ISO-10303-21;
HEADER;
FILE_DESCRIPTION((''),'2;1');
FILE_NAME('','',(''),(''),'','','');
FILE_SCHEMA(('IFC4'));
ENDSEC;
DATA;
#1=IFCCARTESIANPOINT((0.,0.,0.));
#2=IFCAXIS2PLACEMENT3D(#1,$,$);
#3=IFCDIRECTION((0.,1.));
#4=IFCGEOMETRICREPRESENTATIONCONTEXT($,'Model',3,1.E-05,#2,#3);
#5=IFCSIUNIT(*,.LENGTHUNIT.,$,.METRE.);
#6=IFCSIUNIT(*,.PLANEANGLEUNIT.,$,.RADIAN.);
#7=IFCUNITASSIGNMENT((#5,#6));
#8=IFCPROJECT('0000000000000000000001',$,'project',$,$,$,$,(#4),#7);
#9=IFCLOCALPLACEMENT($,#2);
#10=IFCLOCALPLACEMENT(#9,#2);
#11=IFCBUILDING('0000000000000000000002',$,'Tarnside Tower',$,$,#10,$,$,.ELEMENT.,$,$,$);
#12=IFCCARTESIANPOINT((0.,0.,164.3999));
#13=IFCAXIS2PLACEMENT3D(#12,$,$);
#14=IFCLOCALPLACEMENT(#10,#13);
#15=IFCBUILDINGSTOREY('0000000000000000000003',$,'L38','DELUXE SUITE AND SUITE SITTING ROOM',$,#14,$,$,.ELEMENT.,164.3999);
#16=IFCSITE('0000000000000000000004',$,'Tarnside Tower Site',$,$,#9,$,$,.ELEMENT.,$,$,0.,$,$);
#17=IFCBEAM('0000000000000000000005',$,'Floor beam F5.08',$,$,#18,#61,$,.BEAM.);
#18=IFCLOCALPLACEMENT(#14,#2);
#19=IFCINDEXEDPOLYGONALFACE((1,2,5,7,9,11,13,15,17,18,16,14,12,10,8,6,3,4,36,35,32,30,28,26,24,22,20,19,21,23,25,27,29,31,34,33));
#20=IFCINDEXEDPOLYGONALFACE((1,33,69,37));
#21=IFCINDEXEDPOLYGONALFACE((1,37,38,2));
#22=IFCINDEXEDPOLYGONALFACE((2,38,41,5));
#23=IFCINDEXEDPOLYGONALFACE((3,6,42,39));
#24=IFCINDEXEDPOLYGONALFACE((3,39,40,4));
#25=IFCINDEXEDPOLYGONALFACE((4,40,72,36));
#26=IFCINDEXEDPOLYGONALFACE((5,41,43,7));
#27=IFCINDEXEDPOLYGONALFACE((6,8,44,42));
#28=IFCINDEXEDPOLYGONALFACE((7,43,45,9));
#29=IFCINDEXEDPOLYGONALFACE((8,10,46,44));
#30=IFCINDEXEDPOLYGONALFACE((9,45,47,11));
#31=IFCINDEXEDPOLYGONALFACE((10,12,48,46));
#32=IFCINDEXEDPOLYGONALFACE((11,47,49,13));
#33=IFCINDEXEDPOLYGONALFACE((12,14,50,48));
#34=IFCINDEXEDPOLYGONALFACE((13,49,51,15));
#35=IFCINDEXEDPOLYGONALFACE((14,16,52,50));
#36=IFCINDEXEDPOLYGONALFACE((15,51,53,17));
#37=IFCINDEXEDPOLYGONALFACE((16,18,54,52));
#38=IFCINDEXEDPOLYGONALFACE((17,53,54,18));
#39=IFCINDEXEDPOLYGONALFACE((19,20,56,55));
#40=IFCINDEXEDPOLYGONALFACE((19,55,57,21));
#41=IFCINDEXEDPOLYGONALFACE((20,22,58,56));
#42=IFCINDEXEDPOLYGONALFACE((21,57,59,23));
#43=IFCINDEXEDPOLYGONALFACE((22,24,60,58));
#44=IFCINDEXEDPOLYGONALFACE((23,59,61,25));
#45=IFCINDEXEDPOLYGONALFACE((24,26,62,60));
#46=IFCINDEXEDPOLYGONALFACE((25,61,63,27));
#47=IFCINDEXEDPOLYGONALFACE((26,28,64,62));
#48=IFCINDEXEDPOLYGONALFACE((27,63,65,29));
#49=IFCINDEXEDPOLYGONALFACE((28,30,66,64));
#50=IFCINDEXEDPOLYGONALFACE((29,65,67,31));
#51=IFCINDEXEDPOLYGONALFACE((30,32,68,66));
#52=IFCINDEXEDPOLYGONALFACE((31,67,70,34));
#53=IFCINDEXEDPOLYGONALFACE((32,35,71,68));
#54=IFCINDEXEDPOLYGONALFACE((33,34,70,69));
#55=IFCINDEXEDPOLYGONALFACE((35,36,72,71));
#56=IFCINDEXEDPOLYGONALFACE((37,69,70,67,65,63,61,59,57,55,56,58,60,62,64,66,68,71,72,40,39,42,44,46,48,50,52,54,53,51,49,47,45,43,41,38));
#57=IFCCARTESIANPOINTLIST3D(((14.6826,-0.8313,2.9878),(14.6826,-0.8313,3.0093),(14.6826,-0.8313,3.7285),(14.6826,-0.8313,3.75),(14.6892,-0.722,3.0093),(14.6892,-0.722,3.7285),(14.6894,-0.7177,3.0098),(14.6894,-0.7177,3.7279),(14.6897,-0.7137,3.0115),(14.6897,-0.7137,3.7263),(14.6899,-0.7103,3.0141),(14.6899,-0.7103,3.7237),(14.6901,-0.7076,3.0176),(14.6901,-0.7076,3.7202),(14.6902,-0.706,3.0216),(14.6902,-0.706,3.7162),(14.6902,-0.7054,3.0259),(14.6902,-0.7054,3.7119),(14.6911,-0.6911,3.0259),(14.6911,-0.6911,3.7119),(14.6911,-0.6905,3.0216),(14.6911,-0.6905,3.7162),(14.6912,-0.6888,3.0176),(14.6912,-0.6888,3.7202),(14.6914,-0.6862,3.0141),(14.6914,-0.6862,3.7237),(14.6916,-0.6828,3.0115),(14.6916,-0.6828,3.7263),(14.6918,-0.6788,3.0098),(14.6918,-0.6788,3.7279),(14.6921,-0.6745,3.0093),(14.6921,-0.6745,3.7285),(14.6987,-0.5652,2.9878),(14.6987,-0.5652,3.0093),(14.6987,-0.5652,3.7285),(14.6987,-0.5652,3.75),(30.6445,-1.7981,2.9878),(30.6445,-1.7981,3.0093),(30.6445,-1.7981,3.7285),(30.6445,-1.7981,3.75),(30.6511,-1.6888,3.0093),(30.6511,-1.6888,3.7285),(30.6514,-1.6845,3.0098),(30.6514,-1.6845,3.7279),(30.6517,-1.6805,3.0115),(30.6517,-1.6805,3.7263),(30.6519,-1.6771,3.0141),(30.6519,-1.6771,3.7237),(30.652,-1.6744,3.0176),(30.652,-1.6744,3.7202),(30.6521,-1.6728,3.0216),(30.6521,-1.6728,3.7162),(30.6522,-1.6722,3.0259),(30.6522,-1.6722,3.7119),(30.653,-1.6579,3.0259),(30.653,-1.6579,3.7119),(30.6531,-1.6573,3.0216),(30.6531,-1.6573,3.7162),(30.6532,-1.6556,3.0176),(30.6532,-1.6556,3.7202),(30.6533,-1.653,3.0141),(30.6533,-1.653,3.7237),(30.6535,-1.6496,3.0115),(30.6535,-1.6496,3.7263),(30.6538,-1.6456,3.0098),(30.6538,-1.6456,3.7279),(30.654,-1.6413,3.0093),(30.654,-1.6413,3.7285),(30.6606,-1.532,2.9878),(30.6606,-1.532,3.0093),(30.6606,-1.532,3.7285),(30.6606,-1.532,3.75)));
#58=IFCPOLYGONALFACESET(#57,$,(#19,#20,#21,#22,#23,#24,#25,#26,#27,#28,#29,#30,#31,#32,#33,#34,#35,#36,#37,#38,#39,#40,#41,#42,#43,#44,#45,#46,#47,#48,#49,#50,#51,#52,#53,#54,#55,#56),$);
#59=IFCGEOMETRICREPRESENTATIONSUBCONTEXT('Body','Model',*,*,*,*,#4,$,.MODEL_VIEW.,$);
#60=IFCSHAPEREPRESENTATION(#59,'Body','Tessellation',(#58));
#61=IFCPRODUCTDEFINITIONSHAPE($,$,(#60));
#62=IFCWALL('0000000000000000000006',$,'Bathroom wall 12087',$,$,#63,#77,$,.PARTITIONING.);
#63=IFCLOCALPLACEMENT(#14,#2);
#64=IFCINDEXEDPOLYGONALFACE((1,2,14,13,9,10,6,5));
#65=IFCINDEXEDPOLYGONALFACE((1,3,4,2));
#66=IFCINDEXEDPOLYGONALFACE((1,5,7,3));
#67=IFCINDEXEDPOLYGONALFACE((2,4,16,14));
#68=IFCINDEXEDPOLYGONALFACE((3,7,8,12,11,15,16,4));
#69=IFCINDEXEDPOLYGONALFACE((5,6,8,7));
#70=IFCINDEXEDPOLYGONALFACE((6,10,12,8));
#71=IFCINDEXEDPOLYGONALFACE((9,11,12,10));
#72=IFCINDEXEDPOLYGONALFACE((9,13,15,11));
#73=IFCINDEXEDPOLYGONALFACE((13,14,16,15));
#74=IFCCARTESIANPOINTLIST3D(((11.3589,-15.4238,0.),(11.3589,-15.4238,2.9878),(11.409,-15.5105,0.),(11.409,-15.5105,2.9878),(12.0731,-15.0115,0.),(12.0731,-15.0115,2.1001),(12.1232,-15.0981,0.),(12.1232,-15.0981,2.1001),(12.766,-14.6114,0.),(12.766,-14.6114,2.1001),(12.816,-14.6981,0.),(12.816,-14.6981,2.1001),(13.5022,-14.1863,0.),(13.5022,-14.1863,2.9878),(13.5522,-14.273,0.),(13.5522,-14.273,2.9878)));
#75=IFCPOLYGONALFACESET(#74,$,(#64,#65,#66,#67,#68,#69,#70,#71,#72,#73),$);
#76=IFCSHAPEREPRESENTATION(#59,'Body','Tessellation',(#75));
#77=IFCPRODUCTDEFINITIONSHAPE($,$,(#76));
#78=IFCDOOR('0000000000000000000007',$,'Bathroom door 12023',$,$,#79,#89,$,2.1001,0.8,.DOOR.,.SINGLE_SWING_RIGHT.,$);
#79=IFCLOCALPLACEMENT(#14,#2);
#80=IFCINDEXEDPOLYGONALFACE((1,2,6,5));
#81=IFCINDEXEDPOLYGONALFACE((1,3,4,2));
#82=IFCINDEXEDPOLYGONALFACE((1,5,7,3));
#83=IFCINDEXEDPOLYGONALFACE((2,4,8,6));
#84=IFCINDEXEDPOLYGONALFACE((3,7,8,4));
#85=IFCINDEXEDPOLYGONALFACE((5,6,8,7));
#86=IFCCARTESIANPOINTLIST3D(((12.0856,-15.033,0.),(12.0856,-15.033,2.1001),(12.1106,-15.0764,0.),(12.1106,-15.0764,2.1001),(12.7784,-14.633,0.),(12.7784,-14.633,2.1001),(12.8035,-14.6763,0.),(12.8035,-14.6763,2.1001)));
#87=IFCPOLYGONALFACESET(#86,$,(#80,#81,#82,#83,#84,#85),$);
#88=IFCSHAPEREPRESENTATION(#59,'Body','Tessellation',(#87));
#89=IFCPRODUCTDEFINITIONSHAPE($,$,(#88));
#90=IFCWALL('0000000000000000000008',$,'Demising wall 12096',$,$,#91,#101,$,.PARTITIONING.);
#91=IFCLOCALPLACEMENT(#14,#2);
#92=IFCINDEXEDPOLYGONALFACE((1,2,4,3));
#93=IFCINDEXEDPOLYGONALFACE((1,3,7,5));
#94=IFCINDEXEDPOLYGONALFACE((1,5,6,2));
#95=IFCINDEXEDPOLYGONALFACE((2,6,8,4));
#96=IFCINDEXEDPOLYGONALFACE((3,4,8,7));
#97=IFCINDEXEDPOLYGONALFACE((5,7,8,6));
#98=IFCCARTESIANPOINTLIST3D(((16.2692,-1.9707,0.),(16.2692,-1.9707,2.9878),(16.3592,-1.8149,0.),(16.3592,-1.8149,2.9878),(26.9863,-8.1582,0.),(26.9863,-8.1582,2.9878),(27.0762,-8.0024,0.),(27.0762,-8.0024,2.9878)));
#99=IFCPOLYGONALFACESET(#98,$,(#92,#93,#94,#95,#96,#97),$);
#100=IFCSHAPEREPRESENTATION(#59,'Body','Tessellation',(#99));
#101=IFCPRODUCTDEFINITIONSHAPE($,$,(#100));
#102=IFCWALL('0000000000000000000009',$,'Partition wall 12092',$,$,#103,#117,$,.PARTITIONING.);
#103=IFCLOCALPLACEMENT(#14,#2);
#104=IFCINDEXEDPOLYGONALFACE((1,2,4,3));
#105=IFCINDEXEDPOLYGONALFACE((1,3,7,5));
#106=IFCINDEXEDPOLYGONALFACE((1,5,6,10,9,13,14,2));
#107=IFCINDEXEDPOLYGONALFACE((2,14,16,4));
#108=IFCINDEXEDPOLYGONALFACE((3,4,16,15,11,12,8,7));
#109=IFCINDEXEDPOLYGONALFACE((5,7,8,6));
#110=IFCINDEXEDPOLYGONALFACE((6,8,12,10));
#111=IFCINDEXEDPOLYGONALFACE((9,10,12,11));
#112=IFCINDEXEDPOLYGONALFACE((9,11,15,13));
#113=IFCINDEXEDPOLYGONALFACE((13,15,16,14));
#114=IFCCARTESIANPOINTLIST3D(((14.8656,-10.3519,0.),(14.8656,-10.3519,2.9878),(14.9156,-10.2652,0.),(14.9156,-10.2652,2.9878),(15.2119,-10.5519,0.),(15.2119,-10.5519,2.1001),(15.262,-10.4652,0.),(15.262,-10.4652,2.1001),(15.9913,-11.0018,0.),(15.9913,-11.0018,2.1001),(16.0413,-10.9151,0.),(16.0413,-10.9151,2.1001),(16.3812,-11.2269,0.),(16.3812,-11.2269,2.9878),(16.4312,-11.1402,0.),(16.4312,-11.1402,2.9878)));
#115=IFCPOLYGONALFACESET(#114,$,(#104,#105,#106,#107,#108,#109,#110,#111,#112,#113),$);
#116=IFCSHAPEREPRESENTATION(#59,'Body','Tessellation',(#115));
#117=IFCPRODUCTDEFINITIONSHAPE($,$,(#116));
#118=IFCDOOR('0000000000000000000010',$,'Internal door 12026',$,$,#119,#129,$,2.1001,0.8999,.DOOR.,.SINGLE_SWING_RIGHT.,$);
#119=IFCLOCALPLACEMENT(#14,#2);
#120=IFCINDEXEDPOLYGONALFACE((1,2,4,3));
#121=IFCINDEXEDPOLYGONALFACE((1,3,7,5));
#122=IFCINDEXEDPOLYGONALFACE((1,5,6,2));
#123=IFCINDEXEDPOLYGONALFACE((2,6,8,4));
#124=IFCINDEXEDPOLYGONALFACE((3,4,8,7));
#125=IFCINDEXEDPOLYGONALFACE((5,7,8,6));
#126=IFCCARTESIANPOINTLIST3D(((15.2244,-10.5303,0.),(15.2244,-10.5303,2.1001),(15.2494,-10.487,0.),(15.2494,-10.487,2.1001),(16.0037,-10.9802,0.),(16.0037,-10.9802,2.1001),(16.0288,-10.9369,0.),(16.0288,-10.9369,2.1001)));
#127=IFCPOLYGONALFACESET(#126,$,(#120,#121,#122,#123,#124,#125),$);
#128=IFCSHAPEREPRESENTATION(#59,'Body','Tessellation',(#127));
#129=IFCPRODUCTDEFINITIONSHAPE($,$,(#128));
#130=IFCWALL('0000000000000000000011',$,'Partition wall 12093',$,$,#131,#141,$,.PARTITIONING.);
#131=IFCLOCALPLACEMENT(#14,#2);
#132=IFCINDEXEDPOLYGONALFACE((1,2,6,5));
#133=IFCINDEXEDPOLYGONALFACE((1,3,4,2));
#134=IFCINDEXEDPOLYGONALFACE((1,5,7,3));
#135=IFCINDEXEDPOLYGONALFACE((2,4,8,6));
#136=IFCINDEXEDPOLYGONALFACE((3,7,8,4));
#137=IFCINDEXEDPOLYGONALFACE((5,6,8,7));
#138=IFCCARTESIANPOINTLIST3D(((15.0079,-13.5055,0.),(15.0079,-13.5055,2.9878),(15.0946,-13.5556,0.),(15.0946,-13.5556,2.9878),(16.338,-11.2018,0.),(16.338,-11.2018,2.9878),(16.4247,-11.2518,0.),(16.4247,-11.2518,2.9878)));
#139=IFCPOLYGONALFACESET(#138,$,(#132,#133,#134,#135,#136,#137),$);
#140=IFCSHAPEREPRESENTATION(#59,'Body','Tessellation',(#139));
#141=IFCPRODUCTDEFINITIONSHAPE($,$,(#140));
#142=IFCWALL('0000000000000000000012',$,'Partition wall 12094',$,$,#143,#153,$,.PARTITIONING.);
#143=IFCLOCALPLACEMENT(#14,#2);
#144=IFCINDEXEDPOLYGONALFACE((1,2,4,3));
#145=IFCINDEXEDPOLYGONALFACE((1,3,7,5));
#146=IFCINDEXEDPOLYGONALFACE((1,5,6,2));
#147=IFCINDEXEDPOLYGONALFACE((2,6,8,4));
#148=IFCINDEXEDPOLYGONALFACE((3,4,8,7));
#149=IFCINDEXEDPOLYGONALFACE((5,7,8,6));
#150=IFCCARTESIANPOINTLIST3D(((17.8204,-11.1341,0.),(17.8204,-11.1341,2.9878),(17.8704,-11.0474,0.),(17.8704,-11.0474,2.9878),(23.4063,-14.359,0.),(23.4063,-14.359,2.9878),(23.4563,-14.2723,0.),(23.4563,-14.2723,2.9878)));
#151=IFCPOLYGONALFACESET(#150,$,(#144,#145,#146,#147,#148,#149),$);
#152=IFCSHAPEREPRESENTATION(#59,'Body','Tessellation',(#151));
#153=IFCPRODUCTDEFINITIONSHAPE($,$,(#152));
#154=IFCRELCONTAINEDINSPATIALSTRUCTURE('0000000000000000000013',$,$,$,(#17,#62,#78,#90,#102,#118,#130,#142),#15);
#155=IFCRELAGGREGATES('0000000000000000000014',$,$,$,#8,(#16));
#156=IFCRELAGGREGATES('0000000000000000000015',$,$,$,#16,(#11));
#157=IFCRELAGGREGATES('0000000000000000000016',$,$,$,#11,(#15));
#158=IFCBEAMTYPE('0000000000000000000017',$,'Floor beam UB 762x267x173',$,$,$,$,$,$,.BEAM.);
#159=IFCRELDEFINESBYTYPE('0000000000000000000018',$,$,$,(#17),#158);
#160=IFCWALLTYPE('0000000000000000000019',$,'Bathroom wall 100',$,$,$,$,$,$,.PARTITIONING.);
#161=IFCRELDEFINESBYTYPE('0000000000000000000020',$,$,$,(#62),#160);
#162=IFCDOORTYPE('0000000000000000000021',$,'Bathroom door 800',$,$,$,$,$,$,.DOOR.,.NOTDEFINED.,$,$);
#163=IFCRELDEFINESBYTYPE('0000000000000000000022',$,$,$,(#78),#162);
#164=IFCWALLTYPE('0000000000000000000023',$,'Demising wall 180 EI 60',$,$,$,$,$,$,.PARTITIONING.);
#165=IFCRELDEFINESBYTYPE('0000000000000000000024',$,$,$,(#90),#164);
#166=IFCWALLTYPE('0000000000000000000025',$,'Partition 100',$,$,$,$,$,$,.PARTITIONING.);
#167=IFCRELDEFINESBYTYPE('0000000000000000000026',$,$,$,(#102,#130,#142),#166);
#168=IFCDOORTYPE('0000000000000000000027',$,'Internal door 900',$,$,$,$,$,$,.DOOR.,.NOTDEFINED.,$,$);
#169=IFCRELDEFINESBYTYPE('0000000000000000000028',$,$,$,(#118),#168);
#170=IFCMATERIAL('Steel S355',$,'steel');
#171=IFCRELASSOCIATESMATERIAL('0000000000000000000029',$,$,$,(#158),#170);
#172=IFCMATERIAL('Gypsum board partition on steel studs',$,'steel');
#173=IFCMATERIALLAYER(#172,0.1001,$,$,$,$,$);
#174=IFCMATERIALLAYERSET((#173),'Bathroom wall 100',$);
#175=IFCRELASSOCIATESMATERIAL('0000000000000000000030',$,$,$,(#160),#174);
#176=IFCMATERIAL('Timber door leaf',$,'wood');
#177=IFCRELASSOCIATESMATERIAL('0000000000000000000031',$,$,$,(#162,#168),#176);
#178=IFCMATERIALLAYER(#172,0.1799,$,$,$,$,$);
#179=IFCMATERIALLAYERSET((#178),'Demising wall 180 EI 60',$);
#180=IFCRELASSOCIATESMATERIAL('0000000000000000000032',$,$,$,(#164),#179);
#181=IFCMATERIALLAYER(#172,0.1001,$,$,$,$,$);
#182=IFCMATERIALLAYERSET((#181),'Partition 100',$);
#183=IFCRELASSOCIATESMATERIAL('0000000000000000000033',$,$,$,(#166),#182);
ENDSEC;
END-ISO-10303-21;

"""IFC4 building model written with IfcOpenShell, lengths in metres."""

from ifc_helpers import new_model, si_unit, direction, frame, frame_2d, origin, origin_2d, place, context, subcontext, project, spatial, rectangle, i_section, extrude, material, layer, layer_set, material_profile, profile_set, type_object, element, fill, save


model = new_model("IFC4")

# Units and contexts
model_context = context("Model", 3, precision=1e-05, world=origin(), true_north=direction((0.0, 1.0)))
body_context = subcontext(model_context, "Body", "Model", "MODEL_VIEW")
ifc_project = project(units=[si_unit("LENGTHUNIT", "METRE"), si_unit("PLANEANGLEUNIT", "RADIAN")], contexts=[model_context])

# Site, building, storey
site_placement = place(None, origin())
site = spatial("IfcSite", under=ifc_project, at=site_placement, Name="Tarnside Tower Site", CompositionType="ELEMENT", RefElevation=0.0)
building_placement = place(site_placement, origin())
building = spatial("IfcBuilding", under=site, at=building_placement, Name="Tarnside Tower", CompositionType="ELEMENT")
storey_placement = place(building_placement, frame((0.0, 0.0, 164.3999)))
storey = spatial("IfcBuildingStorey", under=building, at=storey_placement, Name="L38", Description="DELUXE SUITE AND SUITE SITTING ROOM", CompositionType="ELEMENT", Elevation=164.3999)

# Beam
ifc_material_1 = material(Name="Steel S355", Category="steel")
ifc_material_profile_1 = material_profile(ifc_material_1, i_section(OverallWidth=0.2666, OverallDepth=0.7622, WebThickness=0.0144, FlangeThickness=0.0215, FilletRadius=0.0166, at=origin_2d()), Name="UB 762x267x173")
ifc_profile_set_1 = profile_set([ifc_material_profile_1], Name="Steel S355")
beam_type_1 = type_object("IfcBeamType", Name="Floor beam UB 762x267x173", PredefinedType="BEAM", material=ifc_profile_set_1)
beam_1_placement = place(storey_placement, frame((30.6526, -1.665, 3.3689), z_axis=(-0.998171, 0.060458, 0.0), x_axis=(-0.060458, -0.998171, 0.0)))
element("IfcBeam", 1, at=beam_1_placement, inside=storey, type_object=beam_type_1, Name="Floor beam F5.08", PredefinedType="BEAM", context=body_context, shape_type="SweptSolid", body=[
    extrude(i_section(OverallWidth=0.2666, OverallDepth=0.7622, WebThickness=0.0144, FlangeThickness=0.0215, FilletRadius=0.0166, at=origin_2d()), origin(), (0.0, 0.0, 1.0), 15.9912),
])

# Wall, opening, door
ifc_material_2 = material(Name="Gypsum board partition on steel studs", Category="steel")
ifc_layer_1 = layer(ifc_material_2, 0.1001)
ifc_layer_set_1 = layer_set([ifc_layer_1], Name="Bathroom wall 100")
wall_type_1 = type_object("IfcWallType", Name="Bathroom wall 100", PredefinedType="PARTITIONING", material=ifc_layer_set_1)
wall_1_placement = place(storey_placement, frame((13.5271, -14.2297, 0.0), z_axis=(0.0, 0.0, 1.0), x_axis=(-0.866007, -0.500033, 0.0)))
wall_1 = element("IfcWall", 2, at=wall_1_placement, inside=storey, type_object=wall_type_1, Name="Bathroom wall 12087", PredefinedType="PARTITIONING", context=body_context, shape_type="SweptSolid", body=[
    extrude(rectangle(XDim=2.4749, YDim=0.1001, at=frame_2d((1.2373, 0.0))), origin(), (0.0, 0.0, 1.0), 2.9878),
])
opening_1_placement = place(wall_1_placement, frame((0.8501, 0.0, 0.0)))
opening_1 = element("IfcOpeningElement", 3, at=opening_1_placement, cuts=wall_1, PredefinedType="OPENING", context=body_context, shape_type="SweptSolid", body=[
    extrude(rectangle(XDim=0.8, YDim=2.1001, at=frame_2d((0.3999, 1.05))), frame((0.0, 0.0601, 0.0), z_axis=(0.0, -1.0, 0.0), x_axis=(1.0, 0.0, 0.0)), (0.0, 0.0, 1.0), 0.1201),
])
ifc_material_3 = material(Name="Timber door leaf", Category="wood")
door_type_1 = type_object("IfcDoorType", Name="Bathroom door 800", OperationType="NOTDEFINED", PredefinedType="DOOR", material=ifc_material_3)
door_1_placement = place(opening_1_placement, origin())
door_1 = element("IfcDoor", 4, at=door_1_placement, inside=storey, type_object=door_type_1, Name="Bathroom door 12023", OperationType="SINGLE_SWING_RIGHT", OverallHeight=2.1001, OverallWidth=0.8, PredefinedType="DOOR", context=body_context, shape_type="SweptSolid", body=[
    extrude(rectangle(XDim=0.8, YDim=2.1001, at=frame_2d((0.3999, 1.05))), frame((0.0, 0.0249, 0.0), z_axis=(0.0, -1.0, 0.0), x_axis=(1.0, 0.0, 0.0)), (0.0, 0.0, 1.0), 0.05),
])
fill(opening_1, door_1)

# Wall
ifc_layer_2 = layer(ifc_material_2, 0.1799)
ifc_layer_set_2 = layer_set([ifc_layer_2], Name="Demising wall 180 EI 60")
wall_type_2 = type_object("IfcWallType", Name="Demising wall 180 EI 60", PredefinedType="PARTITIONING", material=ifc_layer_set_2)
wall_2_placement = place(storey_placement, frame((27.0312, -8.0803, 0.0), z_axis=(0.0, 0.0, 1.0), x_axis=(-0.866025, 0.500001, 0.0)))
element("IfcWall", 5, at=wall_2_placement, inside=storey, type_object=wall_type_2, Name="Demising wall 12096", PredefinedType="PARTITIONING", context=body_context, shape_type="SweptSolid", body=[
    extrude(rectangle(XDim=12.375, YDim=0.1799, at=frame_2d((6.1875, 0.0))), origin(), (0.0, 0.0, 1.0), 2.9878),
])

# Wall, opening, door
ifc_layer_3 = layer(ifc_material_2, 0.1001)
ifc_layer_set_3 = layer_set([ifc_layer_3], Name="Partition 100")
wall_type_3 = type_object("IfcWallType", Name="Partition 100", PredefinedType="PARTITIONING", material=ifc_layer_set_3)
wall_3_placement = place(storey_placement, frame((14.8906, -10.3086, 0.0), z_axis=(0.0, 0.0, 1.0), x_axis=(0.866037, -0.49998, 0.0)))
wall_3 = element("IfcWall", 6, at=wall_3_placement, inside=storey, type_object=wall_type_3, Name="Partition wall 12092", PredefinedType="PARTITIONING", context=body_context, shape_type="SweptSolid", body=[
    extrude(rectangle(XDim=1.75, YDim=0.1001, at=frame_2d((0.875, 0.0))), origin(), (0.0, 0.0, 1.0), 2.9878),
])
opening_2_placement = place(wall_3_placement, frame((0.3999, 0.0, 0.0)))
opening_2 = element("IfcOpeningElement", 7, at=opening_2_placement, cuts=wall_3, PredefinedType="OPENING", context=body_context, shape_type="SweptSolid", body=[
    extrude(rectangle(XDim=0.8999, YDim=2.1001, at=frame_2d((0.45, 1.05))), frame((0.0, 0.0601, 0.0), z_axis=(0.0, -1.0, 0.0), x_axis=(1.0, 0.0, 0.0)), (0.0, 0.0, 1.0), 0.1201),
])
door_type_2 = type_object("IfcDoorType", Name="Internal door 900", OperationType="NOTDEFINED", PredefinedType="DOOR", material=ifc_material_3)
door_2_placement = place(opening_2_placement, origin())
door_2 = element("IfcDoor", 8, at=door_2_placement, inside=storey, type_object=door_type_2, Name="Internal door 12026", OperationType="SINGLE_SWING_RIGHT", OverallHeight=2.1001, OverallWidth=0.8999, PredefinedType="DOOR", context=body_context, shape_type="SweptSolid", body=[
    extrude(rectangle(XDim=0.8999, YDim=2.1001, at=frame_2d((0.45, 1.05))), frame((0.0, 0.0249, 0.0), z_axis=(0.0, -1.0, 0.0), x_axis=(1.0, 0.0, 0.0)), (0.0, 0.0, 1.0), 0.05),
])
fill(opening_2, door_2)

# Walls
wall_4_placement = place(storey_placement, frame((16.3813, -11.2268, 0.0), z_axis=(0.0, 0.0, 1.0), x_axis=(-0.500008, -0.866021, 0.0)))
element("IfcWall", 9, at=wall_4_placement, inside=storey, type_object=wall_type_3, Name="Partition wall 12093", PredefinedType="PARTITIONING", context=body_context, shape_type="SweptSolid", body=[
    extrude(rectangle(XDim=2.6602, YDim=0.1001, at=frame_2d((1.3301, 0.0))), origin(), (0.0, 0.0, 1.0), 2.9878),
])
wall_5_placement = place(storey_placement, frame((23.4314, -14.3157, 0.0), z_axis=(0.0, 0.0, 1.0), x_axis=(-0.866038, 0.499978, 0.0)))
element("IfcWall", 10, at=wall_5_placement, inside=storey, type_object=wall_type_3, Name="Partition wall 12094", PredefinedType="PARTITIONING", context=body_context, shape_type="SweptSolid", body=[
    extrude(rectangle(XDim=6.45, YDim=0.1001, at=frame_2d((3.2251, 0.0))), origin(), (0.0, 0.0, 1.0), 2.9878),
])

save(model, "model.ifc")
